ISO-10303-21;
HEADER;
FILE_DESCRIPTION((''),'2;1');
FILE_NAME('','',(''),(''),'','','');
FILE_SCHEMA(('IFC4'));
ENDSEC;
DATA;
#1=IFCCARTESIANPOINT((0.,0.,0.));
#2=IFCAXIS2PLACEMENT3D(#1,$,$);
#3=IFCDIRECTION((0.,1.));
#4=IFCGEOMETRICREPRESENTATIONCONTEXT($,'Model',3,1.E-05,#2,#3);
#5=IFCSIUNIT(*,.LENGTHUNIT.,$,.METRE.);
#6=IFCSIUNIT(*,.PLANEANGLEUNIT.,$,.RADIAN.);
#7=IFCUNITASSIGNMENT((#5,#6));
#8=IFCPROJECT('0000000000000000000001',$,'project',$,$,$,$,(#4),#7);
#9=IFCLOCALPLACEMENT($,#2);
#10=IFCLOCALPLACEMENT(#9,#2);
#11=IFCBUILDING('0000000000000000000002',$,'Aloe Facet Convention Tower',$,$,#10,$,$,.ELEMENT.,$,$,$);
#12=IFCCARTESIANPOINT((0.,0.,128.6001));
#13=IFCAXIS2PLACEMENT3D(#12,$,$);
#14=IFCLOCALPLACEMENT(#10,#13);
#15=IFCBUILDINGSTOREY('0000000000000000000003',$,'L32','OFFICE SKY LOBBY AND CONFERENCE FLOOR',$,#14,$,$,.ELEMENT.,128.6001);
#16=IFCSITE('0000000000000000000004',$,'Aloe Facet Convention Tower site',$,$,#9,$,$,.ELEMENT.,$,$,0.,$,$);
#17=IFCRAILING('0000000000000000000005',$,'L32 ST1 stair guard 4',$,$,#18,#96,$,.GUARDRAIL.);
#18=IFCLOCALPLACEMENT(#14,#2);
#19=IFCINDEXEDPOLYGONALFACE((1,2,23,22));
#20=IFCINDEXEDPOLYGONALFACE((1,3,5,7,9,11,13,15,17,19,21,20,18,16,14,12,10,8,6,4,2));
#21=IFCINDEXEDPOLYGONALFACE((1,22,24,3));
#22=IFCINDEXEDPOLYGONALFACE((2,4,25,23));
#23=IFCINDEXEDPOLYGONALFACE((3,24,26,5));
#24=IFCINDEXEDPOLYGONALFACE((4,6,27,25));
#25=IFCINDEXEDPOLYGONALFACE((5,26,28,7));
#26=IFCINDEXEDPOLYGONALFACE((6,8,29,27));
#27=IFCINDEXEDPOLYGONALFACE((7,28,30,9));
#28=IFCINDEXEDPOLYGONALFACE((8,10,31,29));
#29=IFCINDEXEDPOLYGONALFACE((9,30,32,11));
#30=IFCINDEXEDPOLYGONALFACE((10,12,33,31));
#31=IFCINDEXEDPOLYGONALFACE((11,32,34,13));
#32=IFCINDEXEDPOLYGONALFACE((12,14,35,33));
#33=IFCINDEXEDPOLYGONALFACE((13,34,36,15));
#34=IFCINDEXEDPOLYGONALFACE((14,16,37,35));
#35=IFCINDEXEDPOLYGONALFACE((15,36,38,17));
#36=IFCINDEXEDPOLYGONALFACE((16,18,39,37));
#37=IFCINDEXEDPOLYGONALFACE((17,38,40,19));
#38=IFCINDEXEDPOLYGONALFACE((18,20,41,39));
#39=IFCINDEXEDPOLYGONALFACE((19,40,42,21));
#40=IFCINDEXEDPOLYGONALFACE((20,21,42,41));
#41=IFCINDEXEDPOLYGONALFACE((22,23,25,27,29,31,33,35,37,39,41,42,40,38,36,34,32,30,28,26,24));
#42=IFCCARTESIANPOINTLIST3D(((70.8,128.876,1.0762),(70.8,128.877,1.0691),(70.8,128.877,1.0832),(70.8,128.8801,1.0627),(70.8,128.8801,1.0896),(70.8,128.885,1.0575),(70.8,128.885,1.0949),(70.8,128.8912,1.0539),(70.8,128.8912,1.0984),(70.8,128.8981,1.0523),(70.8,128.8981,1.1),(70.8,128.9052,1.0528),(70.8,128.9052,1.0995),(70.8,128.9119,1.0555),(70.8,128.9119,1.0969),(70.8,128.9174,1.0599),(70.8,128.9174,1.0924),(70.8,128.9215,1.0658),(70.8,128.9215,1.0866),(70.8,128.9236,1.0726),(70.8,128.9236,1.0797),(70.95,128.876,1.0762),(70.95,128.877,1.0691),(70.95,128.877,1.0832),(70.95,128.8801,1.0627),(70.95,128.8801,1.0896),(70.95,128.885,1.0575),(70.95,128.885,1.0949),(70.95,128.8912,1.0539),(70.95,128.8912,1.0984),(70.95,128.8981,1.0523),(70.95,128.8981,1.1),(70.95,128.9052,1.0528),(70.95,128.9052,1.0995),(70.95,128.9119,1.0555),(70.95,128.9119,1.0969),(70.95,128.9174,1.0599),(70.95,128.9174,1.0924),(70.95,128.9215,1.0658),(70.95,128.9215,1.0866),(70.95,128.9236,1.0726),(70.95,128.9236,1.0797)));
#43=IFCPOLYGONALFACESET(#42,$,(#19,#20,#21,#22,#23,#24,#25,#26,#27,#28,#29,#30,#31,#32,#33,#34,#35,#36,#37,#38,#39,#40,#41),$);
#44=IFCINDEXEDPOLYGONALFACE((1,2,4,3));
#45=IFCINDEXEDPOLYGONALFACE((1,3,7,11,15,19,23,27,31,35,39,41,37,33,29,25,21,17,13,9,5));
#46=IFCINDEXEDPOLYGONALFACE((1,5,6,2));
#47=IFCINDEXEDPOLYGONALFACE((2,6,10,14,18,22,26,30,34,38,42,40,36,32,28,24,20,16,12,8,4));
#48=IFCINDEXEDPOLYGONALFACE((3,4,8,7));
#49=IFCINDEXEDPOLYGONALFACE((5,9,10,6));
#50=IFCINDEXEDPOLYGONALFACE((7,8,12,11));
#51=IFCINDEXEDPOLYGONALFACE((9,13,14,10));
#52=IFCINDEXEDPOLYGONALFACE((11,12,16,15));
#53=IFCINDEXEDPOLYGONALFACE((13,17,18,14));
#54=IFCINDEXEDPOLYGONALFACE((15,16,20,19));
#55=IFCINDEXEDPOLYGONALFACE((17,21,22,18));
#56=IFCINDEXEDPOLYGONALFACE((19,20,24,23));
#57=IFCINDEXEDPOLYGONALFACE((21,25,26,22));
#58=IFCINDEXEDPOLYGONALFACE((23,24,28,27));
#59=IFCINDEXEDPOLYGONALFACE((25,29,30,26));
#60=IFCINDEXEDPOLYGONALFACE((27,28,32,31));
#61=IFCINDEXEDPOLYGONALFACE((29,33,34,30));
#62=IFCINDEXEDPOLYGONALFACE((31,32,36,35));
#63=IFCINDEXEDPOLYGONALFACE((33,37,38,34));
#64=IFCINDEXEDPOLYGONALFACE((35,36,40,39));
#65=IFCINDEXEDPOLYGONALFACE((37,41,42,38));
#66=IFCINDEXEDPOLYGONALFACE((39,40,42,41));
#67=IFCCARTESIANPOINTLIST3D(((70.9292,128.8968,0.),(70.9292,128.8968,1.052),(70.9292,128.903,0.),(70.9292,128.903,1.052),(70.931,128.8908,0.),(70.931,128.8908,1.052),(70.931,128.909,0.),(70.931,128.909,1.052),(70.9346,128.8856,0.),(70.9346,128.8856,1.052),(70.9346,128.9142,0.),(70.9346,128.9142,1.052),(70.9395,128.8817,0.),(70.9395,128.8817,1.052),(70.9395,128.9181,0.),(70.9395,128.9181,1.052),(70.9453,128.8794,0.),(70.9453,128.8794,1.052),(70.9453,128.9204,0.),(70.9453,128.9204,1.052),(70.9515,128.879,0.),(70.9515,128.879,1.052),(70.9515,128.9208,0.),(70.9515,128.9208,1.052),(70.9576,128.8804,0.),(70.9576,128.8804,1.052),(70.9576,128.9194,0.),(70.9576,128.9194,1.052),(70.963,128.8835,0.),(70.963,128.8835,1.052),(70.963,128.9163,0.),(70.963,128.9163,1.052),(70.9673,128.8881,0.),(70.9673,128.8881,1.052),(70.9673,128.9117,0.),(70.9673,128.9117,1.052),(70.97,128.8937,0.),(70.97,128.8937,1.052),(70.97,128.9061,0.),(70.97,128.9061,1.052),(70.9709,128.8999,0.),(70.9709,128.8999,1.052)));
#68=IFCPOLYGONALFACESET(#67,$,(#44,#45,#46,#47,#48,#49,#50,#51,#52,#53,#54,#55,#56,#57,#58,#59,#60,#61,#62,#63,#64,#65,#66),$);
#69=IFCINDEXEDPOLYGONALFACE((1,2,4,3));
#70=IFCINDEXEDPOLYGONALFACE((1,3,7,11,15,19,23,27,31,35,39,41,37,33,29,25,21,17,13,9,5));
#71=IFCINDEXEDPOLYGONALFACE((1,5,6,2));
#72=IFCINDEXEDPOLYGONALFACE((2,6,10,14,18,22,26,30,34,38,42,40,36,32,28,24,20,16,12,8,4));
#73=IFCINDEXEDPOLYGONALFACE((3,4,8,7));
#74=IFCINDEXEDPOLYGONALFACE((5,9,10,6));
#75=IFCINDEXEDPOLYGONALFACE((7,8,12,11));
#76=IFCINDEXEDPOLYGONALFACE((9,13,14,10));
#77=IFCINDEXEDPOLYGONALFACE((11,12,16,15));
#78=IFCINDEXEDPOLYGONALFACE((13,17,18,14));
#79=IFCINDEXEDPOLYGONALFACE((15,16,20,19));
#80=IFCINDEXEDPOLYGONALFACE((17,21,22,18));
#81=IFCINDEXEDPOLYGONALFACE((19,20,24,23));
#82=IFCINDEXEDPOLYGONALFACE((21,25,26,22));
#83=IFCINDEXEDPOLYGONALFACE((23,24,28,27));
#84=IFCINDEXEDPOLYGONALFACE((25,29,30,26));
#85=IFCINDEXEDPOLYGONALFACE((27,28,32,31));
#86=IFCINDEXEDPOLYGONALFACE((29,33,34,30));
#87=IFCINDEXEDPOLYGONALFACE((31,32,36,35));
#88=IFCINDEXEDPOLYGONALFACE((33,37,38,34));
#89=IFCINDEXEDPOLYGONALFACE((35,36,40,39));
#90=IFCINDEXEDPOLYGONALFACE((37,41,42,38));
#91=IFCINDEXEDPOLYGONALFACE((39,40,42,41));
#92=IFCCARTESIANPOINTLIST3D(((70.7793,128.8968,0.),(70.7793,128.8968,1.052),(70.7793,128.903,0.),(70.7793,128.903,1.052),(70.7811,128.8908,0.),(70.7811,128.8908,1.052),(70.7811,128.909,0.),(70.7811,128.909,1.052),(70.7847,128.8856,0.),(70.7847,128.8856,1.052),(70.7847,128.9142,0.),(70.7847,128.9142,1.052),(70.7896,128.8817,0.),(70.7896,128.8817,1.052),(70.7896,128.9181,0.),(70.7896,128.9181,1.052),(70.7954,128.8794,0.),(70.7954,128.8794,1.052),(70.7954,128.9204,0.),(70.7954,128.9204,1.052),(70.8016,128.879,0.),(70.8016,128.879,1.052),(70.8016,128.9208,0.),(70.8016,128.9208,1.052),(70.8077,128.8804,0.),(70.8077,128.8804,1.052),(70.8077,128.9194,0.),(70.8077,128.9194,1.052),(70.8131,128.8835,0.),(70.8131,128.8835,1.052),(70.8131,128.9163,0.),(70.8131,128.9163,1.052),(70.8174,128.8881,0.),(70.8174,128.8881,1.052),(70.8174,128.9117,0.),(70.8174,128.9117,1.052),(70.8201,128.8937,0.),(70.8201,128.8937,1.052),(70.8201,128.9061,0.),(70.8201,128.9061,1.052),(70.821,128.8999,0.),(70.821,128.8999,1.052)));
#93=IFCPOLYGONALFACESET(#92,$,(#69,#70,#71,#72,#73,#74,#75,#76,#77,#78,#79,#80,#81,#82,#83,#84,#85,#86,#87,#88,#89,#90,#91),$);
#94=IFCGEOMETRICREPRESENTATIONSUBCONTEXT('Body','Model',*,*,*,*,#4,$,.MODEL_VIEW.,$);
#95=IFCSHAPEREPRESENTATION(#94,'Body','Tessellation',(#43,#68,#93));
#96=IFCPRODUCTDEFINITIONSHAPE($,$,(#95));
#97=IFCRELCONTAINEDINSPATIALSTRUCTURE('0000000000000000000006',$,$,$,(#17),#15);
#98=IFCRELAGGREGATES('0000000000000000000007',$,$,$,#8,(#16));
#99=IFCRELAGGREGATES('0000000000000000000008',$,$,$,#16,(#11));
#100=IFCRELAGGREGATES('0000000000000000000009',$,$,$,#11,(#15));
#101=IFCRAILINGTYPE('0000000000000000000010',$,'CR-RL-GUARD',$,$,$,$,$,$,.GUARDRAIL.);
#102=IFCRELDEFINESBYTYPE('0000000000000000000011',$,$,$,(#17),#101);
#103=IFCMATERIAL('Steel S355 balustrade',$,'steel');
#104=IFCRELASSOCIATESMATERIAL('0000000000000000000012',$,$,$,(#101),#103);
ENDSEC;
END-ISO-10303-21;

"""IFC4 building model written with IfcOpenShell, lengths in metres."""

from ifc_helpers import new_model, si_unit, direction, frame, origin, origin_2d, place, context, subcontext, project, spatial, circle, extrude, material, type_object, element, save


model = new_model("IFC4")

# Units and contexts
model_context = context("Model", 3, precision=1e-05, world=origin(), true_north=direction((0.0, 1.0)))
body_context = subcontext(model_context, "Body", "Model", "MODEL_VIEW")
ifc_project = project(units=[si_unit("LENGTHUNIT", "METRE"), si_unit("PLANEANGLEUNIT", "RADIAN")], contexts=[model_context])

# Site, building, storey
site_placement = place(None, origin())
site = spatial("IfcSite", under=ifc_project, at=site_placement, Name="Aloe Facet Convention Tower site", CompositionType="ELEMENT", RefElevation=0.0)
building_placement = place(site_placement, origin())
building = spatial("IfcBuilding", under=site, at=building_placement, Name="Aloe Facet Convention Tower", CompositionType="ELEMENT")
storey_placement = place(building_placement, frame((0.0, 0.0, 128.6001)))
storey = spatial("IfcBuildingStorey", under=building, at=storey_placement, Name="L32", Description="OFFICE SKY LOBBY AND CONFERENCE FLOOR", CompositionType="ELEMENT", Elevation=128.6001)

# Railing
ifc_material_1 = material(Name="Steel S355 balustrade", Category="steel")
railing_type_1 = type_object("IfcRailingType", Name="CR-RL-GUARD", PredefinedType="GUARDRAIL", material=ifc_material_1)
railing_1_placement = place(storey_placement, frame((70.95, 128.8999, 0.0)))
element("IfcRailing", 1, at=railing_1_placement, inside=storey, type_object=railing_type_1, Name="L32 ST1 stair guard 4", PredefinedType="GUARDRAIL", context=body_context, shape_type="SweptSolid", body=[
    extrude(circle(Radius=0.0239, at=origin_2d()), frame((0.0, 0.0, 1.0762), z_axis=(-1.0, 0.0, 0.0), x_axis=(0.0, -1.0, 0.0)), (0.0, 0.0, 1.0), 0.1499),
    extrude(circle(Radius=0.021, at=origin_2d()), origin(), (0.0, 0.0, 1.0), 1.052),
    extrude(circle(Radius=0.021, at=origin_2d()), frame((-0.1499, 0.0, 0.0)), (0.0, 0.0, 1.0), 1.052),
])

save(model, "model.ifc")
